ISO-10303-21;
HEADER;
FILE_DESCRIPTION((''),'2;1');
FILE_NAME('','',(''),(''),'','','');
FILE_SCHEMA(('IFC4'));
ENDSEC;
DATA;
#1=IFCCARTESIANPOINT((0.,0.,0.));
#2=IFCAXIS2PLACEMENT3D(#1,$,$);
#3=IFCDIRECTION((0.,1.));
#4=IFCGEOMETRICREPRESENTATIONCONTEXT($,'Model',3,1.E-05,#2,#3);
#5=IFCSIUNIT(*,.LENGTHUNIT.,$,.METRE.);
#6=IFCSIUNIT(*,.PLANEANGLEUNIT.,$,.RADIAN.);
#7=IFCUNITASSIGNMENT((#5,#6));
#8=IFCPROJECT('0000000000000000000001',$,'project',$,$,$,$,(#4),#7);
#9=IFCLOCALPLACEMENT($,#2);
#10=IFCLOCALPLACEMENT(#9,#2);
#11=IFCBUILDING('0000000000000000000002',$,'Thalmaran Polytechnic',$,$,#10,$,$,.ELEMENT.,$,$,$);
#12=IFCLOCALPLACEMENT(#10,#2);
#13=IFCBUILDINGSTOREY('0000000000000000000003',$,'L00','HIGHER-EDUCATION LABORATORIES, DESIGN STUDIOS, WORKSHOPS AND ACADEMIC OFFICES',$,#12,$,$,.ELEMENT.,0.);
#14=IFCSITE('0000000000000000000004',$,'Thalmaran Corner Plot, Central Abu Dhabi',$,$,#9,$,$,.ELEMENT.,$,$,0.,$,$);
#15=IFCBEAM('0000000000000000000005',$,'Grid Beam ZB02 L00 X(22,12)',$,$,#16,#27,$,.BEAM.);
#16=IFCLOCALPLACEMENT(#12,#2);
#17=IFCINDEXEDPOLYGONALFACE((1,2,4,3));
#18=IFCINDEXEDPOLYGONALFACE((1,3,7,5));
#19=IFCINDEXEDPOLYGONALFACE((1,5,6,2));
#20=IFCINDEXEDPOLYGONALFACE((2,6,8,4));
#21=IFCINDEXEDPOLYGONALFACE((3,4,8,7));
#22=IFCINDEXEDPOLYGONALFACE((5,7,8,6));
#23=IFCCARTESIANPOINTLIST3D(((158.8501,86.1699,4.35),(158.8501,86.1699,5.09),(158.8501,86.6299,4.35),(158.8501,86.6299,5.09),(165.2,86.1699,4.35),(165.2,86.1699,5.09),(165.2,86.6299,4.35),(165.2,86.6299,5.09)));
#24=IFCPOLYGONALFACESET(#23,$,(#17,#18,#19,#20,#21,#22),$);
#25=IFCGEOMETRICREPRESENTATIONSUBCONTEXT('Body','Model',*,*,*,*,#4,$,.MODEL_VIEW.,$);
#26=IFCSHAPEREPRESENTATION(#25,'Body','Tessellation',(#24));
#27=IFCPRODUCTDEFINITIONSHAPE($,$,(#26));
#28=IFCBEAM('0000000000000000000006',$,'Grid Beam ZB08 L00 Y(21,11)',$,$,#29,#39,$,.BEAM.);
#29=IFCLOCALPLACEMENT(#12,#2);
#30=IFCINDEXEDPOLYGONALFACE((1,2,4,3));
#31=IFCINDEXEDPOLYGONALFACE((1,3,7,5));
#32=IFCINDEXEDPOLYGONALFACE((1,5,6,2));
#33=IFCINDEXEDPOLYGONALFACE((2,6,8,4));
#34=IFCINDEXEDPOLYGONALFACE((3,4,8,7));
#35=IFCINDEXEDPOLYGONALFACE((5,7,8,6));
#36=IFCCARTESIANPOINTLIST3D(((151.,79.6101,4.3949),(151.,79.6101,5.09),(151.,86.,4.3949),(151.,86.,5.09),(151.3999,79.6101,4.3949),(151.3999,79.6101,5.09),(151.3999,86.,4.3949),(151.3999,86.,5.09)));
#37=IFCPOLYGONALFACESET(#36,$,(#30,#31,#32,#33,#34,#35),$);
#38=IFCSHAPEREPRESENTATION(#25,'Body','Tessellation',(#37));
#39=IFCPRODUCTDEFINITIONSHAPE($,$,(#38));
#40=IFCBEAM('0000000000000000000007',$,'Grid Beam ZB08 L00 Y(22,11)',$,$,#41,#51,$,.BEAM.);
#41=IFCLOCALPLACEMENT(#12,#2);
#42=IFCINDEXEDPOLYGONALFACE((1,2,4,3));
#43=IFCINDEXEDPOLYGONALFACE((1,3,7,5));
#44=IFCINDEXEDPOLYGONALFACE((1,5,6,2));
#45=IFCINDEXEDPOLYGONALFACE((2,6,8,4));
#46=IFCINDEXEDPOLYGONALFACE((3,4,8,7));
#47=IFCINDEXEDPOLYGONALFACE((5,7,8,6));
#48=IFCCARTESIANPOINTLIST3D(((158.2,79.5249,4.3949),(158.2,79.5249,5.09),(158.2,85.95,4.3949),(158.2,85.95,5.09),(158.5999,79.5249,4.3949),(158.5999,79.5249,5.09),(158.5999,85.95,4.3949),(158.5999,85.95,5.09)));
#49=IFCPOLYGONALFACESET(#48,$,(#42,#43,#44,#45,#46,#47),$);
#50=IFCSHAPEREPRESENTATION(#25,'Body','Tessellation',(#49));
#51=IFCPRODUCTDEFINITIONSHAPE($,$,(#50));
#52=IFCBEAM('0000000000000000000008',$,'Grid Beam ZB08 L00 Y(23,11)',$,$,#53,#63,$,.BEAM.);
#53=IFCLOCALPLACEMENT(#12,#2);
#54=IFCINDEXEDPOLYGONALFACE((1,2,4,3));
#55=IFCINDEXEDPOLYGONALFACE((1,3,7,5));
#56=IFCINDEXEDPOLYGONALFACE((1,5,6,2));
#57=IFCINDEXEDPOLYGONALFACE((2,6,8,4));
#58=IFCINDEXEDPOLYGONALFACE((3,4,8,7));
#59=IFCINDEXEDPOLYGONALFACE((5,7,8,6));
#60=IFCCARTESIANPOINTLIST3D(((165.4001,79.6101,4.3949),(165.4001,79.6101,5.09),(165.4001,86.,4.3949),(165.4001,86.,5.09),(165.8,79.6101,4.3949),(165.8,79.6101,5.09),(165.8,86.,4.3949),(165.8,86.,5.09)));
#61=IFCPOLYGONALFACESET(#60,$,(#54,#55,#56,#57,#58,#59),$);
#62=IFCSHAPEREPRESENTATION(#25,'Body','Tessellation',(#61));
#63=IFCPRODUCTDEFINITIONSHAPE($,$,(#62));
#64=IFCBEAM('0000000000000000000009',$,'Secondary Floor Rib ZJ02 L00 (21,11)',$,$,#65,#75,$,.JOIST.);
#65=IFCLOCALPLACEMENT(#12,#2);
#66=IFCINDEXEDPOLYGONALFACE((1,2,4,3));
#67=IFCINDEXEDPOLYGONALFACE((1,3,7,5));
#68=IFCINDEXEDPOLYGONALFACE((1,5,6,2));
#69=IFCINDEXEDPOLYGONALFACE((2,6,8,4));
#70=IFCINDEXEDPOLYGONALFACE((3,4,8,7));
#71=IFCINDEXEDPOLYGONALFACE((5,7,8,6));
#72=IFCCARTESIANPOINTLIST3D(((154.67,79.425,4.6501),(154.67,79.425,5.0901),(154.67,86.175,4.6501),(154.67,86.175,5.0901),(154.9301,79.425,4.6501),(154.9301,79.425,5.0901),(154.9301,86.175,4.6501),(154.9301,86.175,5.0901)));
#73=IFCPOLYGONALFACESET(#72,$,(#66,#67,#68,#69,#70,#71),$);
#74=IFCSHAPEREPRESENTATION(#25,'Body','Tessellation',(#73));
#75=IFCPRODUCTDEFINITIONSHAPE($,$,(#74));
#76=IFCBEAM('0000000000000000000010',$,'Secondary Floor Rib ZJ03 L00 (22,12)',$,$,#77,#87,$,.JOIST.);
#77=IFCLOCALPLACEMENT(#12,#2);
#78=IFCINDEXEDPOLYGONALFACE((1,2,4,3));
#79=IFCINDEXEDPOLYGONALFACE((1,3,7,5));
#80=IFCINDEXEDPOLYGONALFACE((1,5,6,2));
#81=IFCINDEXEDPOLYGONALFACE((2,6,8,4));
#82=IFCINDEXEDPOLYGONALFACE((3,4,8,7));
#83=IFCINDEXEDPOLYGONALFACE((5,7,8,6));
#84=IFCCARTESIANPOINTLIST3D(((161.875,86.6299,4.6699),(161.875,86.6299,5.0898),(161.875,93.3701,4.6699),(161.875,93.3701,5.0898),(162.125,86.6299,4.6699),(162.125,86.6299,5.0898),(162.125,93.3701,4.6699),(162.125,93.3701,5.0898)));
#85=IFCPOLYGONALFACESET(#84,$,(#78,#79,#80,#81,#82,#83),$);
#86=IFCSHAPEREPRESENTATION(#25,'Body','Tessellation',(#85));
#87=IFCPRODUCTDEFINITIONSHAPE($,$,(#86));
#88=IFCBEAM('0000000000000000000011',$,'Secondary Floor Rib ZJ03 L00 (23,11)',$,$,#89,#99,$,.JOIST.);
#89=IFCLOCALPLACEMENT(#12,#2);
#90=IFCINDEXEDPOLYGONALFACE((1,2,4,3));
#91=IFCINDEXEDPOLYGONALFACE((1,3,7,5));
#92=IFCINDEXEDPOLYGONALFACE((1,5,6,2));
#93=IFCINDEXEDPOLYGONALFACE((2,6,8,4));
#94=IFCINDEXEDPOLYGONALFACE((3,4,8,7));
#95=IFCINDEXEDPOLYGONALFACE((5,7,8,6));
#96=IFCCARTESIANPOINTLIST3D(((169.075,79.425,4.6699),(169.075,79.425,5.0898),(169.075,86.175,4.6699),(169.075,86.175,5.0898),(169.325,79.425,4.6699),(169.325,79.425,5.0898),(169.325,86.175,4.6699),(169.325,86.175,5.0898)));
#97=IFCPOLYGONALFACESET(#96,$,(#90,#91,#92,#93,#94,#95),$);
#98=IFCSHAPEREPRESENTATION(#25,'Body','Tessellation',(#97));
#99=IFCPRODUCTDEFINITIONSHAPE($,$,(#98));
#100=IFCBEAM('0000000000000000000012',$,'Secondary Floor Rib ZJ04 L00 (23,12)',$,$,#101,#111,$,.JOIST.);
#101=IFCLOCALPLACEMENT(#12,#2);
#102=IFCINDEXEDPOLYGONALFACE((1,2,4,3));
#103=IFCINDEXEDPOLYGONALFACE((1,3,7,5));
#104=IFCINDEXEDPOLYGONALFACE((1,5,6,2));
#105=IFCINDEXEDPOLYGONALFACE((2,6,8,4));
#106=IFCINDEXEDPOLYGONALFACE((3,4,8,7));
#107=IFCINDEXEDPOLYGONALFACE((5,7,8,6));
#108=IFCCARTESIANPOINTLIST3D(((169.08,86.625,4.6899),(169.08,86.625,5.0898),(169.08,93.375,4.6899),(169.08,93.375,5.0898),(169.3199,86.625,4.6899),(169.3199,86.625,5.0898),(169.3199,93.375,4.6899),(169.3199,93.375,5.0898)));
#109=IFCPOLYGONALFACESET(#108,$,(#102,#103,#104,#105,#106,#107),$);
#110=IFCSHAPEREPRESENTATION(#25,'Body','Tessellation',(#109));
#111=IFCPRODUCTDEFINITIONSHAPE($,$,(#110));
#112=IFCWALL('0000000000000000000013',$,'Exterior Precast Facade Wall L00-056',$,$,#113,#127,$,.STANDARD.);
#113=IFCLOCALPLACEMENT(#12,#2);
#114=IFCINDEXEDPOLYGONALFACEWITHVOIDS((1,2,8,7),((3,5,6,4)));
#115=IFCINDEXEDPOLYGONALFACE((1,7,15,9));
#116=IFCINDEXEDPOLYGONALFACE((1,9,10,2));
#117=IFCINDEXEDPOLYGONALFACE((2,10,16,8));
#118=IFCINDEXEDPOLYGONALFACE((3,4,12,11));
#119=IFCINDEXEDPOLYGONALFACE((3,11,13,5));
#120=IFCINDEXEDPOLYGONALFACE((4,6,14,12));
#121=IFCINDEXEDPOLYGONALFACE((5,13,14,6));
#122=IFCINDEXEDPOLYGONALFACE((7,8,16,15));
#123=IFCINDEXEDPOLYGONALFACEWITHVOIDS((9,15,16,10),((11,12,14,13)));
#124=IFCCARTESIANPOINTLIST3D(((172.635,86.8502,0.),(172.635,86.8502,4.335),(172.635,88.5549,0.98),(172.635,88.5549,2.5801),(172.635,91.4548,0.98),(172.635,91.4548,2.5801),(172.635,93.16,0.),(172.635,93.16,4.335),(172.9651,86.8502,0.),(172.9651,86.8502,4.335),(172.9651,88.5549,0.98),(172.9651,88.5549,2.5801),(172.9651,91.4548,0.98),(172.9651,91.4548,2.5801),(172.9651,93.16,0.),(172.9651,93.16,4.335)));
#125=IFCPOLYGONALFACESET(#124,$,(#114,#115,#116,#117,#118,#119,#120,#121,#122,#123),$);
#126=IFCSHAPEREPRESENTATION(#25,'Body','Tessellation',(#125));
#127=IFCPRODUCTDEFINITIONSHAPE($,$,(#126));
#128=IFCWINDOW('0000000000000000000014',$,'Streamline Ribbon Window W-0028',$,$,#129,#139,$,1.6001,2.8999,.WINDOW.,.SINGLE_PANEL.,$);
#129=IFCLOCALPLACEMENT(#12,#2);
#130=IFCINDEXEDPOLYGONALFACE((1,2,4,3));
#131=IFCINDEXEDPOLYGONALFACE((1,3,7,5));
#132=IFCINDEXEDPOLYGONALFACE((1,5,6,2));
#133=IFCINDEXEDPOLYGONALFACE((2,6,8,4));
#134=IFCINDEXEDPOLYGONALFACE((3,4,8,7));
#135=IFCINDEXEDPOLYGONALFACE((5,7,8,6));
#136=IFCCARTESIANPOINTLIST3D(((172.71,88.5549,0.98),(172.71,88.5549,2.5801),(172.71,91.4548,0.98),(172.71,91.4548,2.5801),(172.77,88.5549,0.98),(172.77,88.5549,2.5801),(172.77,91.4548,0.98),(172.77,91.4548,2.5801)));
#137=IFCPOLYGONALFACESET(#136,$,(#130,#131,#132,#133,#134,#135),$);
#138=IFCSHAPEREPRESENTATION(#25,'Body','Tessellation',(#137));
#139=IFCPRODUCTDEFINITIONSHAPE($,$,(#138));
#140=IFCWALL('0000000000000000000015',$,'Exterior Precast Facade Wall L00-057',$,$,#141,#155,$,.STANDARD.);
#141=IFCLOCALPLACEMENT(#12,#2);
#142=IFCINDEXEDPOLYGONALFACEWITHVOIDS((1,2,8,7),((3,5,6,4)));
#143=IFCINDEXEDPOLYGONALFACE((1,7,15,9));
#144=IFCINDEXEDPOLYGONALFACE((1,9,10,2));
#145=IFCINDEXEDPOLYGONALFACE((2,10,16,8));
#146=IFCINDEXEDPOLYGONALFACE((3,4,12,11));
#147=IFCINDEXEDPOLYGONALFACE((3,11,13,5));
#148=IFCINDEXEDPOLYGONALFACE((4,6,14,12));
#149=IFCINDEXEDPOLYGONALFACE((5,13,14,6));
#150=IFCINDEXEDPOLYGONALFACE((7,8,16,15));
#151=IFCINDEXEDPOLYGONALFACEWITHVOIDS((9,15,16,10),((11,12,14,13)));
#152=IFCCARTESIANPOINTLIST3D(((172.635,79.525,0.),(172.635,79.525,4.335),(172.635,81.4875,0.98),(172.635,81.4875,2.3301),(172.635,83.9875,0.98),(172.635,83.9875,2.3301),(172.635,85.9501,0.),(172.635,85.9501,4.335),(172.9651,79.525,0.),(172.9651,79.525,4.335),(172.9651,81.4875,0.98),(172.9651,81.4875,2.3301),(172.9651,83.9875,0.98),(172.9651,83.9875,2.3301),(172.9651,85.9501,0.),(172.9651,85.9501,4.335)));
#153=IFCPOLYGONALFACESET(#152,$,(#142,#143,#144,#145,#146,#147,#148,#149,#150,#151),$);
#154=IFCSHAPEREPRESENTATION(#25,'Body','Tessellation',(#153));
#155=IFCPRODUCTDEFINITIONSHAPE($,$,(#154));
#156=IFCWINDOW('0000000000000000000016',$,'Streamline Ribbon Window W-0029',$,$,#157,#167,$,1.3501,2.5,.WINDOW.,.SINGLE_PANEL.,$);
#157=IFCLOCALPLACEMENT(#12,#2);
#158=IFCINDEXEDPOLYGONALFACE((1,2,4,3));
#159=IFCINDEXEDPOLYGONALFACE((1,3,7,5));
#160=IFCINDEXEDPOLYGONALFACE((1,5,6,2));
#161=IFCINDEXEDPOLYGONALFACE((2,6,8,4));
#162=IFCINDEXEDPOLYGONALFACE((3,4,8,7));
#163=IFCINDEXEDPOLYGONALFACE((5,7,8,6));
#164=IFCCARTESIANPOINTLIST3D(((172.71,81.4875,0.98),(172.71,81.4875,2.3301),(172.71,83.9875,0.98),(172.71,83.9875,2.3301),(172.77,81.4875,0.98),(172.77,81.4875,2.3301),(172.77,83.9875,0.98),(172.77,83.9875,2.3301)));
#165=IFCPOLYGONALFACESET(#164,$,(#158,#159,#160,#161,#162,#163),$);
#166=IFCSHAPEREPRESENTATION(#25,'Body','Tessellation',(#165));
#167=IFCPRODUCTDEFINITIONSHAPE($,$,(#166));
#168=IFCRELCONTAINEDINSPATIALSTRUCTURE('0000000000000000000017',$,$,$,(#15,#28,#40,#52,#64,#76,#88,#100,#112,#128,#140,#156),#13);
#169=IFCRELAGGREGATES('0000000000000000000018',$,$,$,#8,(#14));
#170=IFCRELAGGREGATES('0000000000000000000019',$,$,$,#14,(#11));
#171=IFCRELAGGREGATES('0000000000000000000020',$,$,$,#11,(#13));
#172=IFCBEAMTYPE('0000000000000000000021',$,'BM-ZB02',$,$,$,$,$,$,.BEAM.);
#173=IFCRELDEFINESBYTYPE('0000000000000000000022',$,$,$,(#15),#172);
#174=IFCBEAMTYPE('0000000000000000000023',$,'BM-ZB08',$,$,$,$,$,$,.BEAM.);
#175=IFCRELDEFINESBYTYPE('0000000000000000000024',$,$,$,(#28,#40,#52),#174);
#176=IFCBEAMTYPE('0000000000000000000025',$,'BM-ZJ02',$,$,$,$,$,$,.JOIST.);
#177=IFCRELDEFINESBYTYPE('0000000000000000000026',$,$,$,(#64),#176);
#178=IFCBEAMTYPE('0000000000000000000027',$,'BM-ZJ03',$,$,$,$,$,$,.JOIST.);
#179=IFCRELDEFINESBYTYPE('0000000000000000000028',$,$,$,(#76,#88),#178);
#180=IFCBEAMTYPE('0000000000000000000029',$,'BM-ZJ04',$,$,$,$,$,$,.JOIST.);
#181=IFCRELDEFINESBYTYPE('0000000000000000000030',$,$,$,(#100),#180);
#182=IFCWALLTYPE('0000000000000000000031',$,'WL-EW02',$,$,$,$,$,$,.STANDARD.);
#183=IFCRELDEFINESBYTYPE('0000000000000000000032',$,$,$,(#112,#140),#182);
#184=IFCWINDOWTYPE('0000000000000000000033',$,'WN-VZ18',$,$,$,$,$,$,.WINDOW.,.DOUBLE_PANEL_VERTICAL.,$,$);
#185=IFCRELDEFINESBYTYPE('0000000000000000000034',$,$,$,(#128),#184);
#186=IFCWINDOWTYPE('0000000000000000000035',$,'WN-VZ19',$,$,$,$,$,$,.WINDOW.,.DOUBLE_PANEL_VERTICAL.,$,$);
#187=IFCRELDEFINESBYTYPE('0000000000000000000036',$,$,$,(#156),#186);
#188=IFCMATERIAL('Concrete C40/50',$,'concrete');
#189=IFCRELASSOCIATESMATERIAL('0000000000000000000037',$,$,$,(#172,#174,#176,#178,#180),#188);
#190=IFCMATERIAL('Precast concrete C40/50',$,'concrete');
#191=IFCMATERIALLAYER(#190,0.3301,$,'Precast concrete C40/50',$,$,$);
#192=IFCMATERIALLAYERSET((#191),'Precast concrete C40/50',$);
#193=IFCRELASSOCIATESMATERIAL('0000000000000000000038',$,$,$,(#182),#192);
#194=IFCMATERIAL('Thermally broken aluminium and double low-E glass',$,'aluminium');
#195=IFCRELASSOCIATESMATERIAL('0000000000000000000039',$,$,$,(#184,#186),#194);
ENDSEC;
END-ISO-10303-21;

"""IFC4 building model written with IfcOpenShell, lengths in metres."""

from ifc_helpers import new_model, si_unit, direction, frame, frame_2d, origin, origin_2d, place, context, subcontext, project, spatial, rectangle, extrude, material, layer, layer_set, material_profile, profile_set, type_object, element, fill, save


model = new_model("IFC4")

# Units and contexts
model_context = context("Model", 3, precision=1e-05, world=origin(), true_north=direction((0.0, 1.0)))
body_context = subcontext(model_context, "Body", "Model", "MODEL_VIEW")
ifc_project = project(units=[si_unit("LENGTHUNIT", "METRE"), si_unit("PLANEANGLEUNIT", "RADIAN")], contexts=[model_context])

# Site, building, storey
site_placement = place(None, origin())
site = spatial("IfcSite", under=ifc_project, at=site_placement, Name="Thalmaran Corner Plot, Central Abu Dhabi", CompositionType="ELEMENT", RefElevation=0.0)
building_placement = place(site_placement, origin())
building = spatial("IfcBuilding", under=site, at=building_placement, Name="Thalmaran Polytechnic", CompositionType="ELEMENT")
storey_placement = place(building_placement, origin())
storey = spatial("IfcBuildingStorey", under=building, at=storey_placement, Name="L00", Description="HIGHER-EDUCATION LABORATORIES, DESIGN STUDIOS, WORKSHOPS AND ACADEMIC OFFICES", CompositionType="ELEMENT", Elevation=0.0)

# Beams
ifc_material_1 = material(Name="Concrete C40/50", Category="concrete")
ifc_material_profile_1 = material_profile(ifc_material_1, rectangle(XDim=0.46, YDim=0.74, at=origin_2d()), Name="RC 460x740")
ifc_profile_set_1 = profile_set([ifc_material_profile_1], Name="Concrete C40/50")
beam_type_1 = type_object("IfcBeamType", Name="BM-ZB02", PredefinedType="BEAM", material=ifc_profile_set_1)
beam_1_placement = place(storey_placement, frame((158.8501, 86.3999, 4.72), z_axis=(1.0, 0.0, 0.0), x_axis=(0.0, 1.0, 0.0)))
element("IfcBeam", 1, at=beam_1_placement, inside=storey, type_object=beam_type_1, Name="Grid Beam ZB02 L00 X(22,12)", PredefinedType="BEAM", context=body_context, shape_type="SweptSolid", body=[
    extrude(rectangle(XDim=0.46, YDim=0.74, at=origin_2d()), origin(), (0.0, 0.0, 1.0), 6.3499),
])
ifc_material_profile_2 = material_profile(ifc_material_1, rectangle(XDim=0.3999, YDim=0.6951, at=origin_2d()), Name="RC 400x695")
ifc_profile_set_2 = profile_set([ifc_material_profile_2], Name="Concrete C40/50")
beam_type_2 = type_object("IfcBeamType", Name="BM-ZB08", PredefinedType="BEAM", material=ifc_profile_set_2)
beam_2_placement = place(storey_placement, frame((151.2, 79.6101, 4.7424), z_axis=(0.0, 1.0, 0.0), x_axis=(-1.0, 0.0, 0.0)))
element("IfcBeam", 2, at=beam_2_placement, inside=storey, type_object=beam_type_2, Name="Grid Beam ZB08 L00 Y(21,11)", PredefinedType="BEAM", context=body_context, shape_type="SweptSolid", body=[
    extrude(rectangle(XDim=0.3999, YDim=0.6951, at=origin_2d()), origin(), (0.0, 0.0, 1.0), 6.3899),
])
beam_3_placement = place(storey_placement, frame((158.3999, 79.5249, 4.7424), z_axis=(0.0, 1.0, 0.0), x_axis=(-1.0, 0.0, 0.0)))
element("IfcBeam", 3, at=beam_3_placement, inside=storey, type_object=beam_type_2, Name="Grid Beam ZB08 L00 Y(22,11)", PredefinedType="BEAM", context=body_context, shape_type="SweptSolid", body=[
    extrude(rectangle(XDim=0.3999, YDim=0.6951, at=origin_2d()), origin(), (0.0, 0.0, 1.0), 6.425),
])
beam_4_placement = place(storey_placement, frame((165.6001, 79.6101, 4.7424), z_axis=(0.0, 1.0, 0.0), x_axis=(-1.0, 0.0, 0.0)))
element("IfcBeam", 4, at=beam_4_placement, inside=storey, type_object=beam_type_2, Name="Grid Beam ZB08 L00 Y(23,11)", PredefinedType="BEAM", context=body_context, shape_type="SweptSolid", body=[
    extrude(rectangle(XDim=0.3999, YDim=0.6951, at=origin_2d()), origin(), (0.0, 0.0, 1.0), 6.3899),
])
ifc_material_profile_3 = material_profile(ifc_material_1, rectangle(XDim=0.26, YDim=0.4399, at=origin_2d()), Name="RC 260x440")
ifc_profile_set_3 = profile_set([ifc_material_profile_3], Name="Concrete C40/50")
beam_type_3 = type_object("IfcBeamType", Name="BM-ZJ02", PredefinedType="JOIST", material=ifc_profile_set_3)
beam_5_placement = place(storey_placement, frame((154.8, 79.425, 4.8701), z_axis=(0.0, 1.0, 0.0), x_axis=(-1.0, 0.0, 0.0)))
element("IfcBeam", 5, at=beam_5_placement, inside=storey, type_object=beam_type_3, Name="Secondary Floor Rib ZJ02 L00 (21,11)", PredefinedType="JOIST", context=body_context, shape_type="SweptSolid", body=[
    extrude(rectangle(XDim=0.26, YDim=0.4399, at=origin_2d()), origin(), (0.0, 0.0, 1.0), 6.75),
])
ifc_material_profile_4 = material_profile(ifc_material_1, rectangle(XDim=0.25, YDim=0.4199, at=origin_2d()), Name="RC 250x420")
ifc_profile_set_4 = profile_set([ifc_material_profile_4], Name="Concrete C40/50")
beam_type_4 = type_object("IfcBeamType", Name="BM-ZJ03", PredefinedType="JOIST", material=ifc_profile_set_4)
beam_6_placement = place(storey_placement, frame((162.0, 86.6299, 4.8799), z_axis=(0.0, 1.0, 0.0), x_axis=(-1.0, 0.0, 0.0)))
element("IfcBeam", 6, at=beam_6_placement, inside=storey, type_object=beam_type_4, Name="Secondary Floor Rib ZJ03 L00 (22,12)", PredefinedType="JOIST", context=body_context, shape_type="SweptSolid", body=[
    extrude(rectangle(XDim=0.25, YDim=0.4199, at=origin_2d()), origin(), (0.0, 0.0, 1.0), 6.7402),
])
beam_7_placement = place(storey_placement, frame((169.2, 79.425, 4.8799), z_axis=(0.0, 1.0, 0.0), x_axis=(-1.0, 0.0, 0.0)))
element("IfcBeam", 7, at=beam_7_placement, inside=storey, type_object=beam_type_4, Name="Secondary Floor Rib ZJ03 L00 (23,11)", PredefinedType="JOIST", context=body_context, shape_type="SweptSolid", body=[
    extrude(rectangle(XDim=0.25, YDim=0.4199, at=origin_2d()), origin(), (0.0, 0.0, 1.0), 6.75),
])
ifc_material_profile_5 = material_profile(ifc_material_1, rectangle(XDim=0.24, YDim=0.3999, at=origin_2d()), Name="RC 240x400")
ifc_profile_set_5 = profile_set([ifc_material_profile_5], Name="Concrete C40/50")
beam_type_5 = type_object("IfcBeamType", Name="BM-ZJ04", PredefinedType="JOIST", material=ifc_profile_set_5)
beam_8_placement = place(storey_placement, frame((169.2, 86.625, 4.8899), z_axis=(0.0, 1.0, 0.0), x_axis=(-1.0, 0.0, 0.0)))
element("IfcBeam", 8, at=beam_8_placement, inside=storey, type_object=beam_type_5, Name="Secondary Floor Rib ZJ04 L00 (23,12)", PredefinedType="JOIST", context=body_context, shape_type="SweptSolid", body=[
    extrude(rectangle(XDim=0.24, YDim=0.3999, at=origin_2d()), origin(), (0.0, 0.0, 1.0), 6.75),
])

# Walls, openings, windows
ifc_material_2 = material(Name="Precast concrete C40/50", Category="concrete")
ifc_layer_1 = layer(ifc_material_2, 0.3301, Name="Precast concrete C40/50")
ifc_layer_set_1 = layer_set([ifc_layer_1], Name="Precast concrete C40/50")
wall_type_1 = type_object("IfcWallType", Name="WL-EW02", PredefinedType="STANDARD", material=ifc_layer_set_1)
wall_1_placement = place(storey_placement, frame((172.8, 93.1599, 0.0), z_axis=(0.0, 0.0, 1.0), x_axis=(0.0, -1.0, 0.0)))
wall_1 = element("IfcWall", 9, at=wall_1_placement, inside=storey, type_object=wall_type_1, Name="Exterior Precast Facade Wall L00-056", PredefinedType="STANDARD", context=body_context, shape_type="SweptSolid", body=[
    extrude(rectangle(XDim=6.3098, YDim=0.3301, at=frame_2d((3.1548, 0.0))), origin(), (0.0, 0.0, 1.0), 4.335),
])
opening_1_placement = place(wall_1_placement, frame((1.7051, 0.0, 0.98)))
opening_1 = element("IfcOpeningElement", 10, at=opening_1_placement, cuts=wall_1, PredefinedType="OPENING", context=body_context, shape_type="SweptSolid", body=[
    extrude(rectangle(XDim=2.8999, YDim=1.6001, at=frame_2d((1.45, 0.8))), frame((0.0, 0.175, 0.0), z_axis=(0.0, -1.0, 0.0), x_axis=(1.0, 0.0, 0.0)), (0.0, 0.0, 1.0), 0.3501),
])
ifc_material_3 = material(Name="Thermally broken aluminium and double low-E glass", Category="aluminium")
window_type_1 = type_object("IfcWindowType", Name="WN-VZ18", PartitioningType="DOUBLE_PANEL_VERTICAL", PredefinedType="WINDOW", material=ifc_material_3)
window_1_placement = place(opening_1_placement, origin())
window_1 = element("IfcWindow", 11, at=window_1_placement, inside=storey, type_object=window_type_1, Name="Streamline Ribbon Window W-0028", OverallHeight=1.6001, OverallWidth=2.8999, PartitioningType="SINGLE_PANEL", PredefinedType="WINDOW", context=body_context, shape_type="SweptSolid", body=[
    extrude(rectangle(XDim=2.8999, YDim=1.6001, at=frame_2d((1.45, 0.8))), frame((0.0, -0.03, 0.0), z_axis=(0.0, -1.0, 0.0), x_axis=(1.0, 0.0, 0.0)), (0.0, 0.0, 1.0), 0.0601),
])
fill(opening_1, window_1)
wall_2_placement = place(storey_placement, frame((172.8, 85.95, 0.0), z_axis=(0.0, 0.0, 1.0), x_axis=(0.0, -1.0, 0.0)))
wall_2 = element("IfcWall", 12, at=wall_2_placement, inside=storey, type_object=wall_type_1, Name="Exterior Precast Facade Wall L00-057", PredefinedType="STANDARD", context=body_context, shape_type="SweptSolid", body=[
    extrude(rectangle(XDim=6.425, YDim=0.3301, at=frame_2d((3.2124, 0.0))), origin(), (0.0, 0.0, 1.0), 4.335),
])
opening_2_placement = place(wall_2_placement, frame((1.9624, 0.0, 0.98)))
opening_2 = element("IfcOpeningElement", 13, at=opening_2_placement, cuts=wall_2, PredefinedType="OPENING", context=body_context, shape_type="SweptSolid", body=[
    extrude(rectangle(XDim=2.5, YDim=1.3501, at=frame_2d((1.25, 0.675))), frame((0.0, 0.175, 0.0), z_axis=(0.0, -1.0, 0.0), x_axis=(1.0, 0.0, 0.0)), (0.0, 0.0, 1.0), 0.3501),
])
window_type_2 = type_object("IfcWindowType", Name="WN-VZ19", PartitioningType="DOUBLE_PANEL_VERTICAL", PredefinedType="WINDOW", material=ifc_material_3)
window_2_placement = place(opening_2_placement, origin())
window_2 = element("IfcWindow", 14, at=window_2_placement, inside=storey, type_object=window_type_2, Name="Streamline Ribbon Window W-0029", OverallHeight=1.3501, OverallWidth=2.5, PartitioningType="SINGLE_PANEL", PredefinedType="WINDOW", context=body_context, shape_type="SweptSolid", body=[
    extrude(rectangle(XDim=2.5, YDim=1.3501, at=frame_2d((1.25, 0.675))), frame((0.0, -0.03, 0.0), z_axis=(0.0, -1.0, 0.0), x_axis=(1.0, 0.0, 0.0)), (0.0, 0.0, 1.0), 0.0601),
])
fill(opening_2, window_2)

save(model, "model.ifc")
